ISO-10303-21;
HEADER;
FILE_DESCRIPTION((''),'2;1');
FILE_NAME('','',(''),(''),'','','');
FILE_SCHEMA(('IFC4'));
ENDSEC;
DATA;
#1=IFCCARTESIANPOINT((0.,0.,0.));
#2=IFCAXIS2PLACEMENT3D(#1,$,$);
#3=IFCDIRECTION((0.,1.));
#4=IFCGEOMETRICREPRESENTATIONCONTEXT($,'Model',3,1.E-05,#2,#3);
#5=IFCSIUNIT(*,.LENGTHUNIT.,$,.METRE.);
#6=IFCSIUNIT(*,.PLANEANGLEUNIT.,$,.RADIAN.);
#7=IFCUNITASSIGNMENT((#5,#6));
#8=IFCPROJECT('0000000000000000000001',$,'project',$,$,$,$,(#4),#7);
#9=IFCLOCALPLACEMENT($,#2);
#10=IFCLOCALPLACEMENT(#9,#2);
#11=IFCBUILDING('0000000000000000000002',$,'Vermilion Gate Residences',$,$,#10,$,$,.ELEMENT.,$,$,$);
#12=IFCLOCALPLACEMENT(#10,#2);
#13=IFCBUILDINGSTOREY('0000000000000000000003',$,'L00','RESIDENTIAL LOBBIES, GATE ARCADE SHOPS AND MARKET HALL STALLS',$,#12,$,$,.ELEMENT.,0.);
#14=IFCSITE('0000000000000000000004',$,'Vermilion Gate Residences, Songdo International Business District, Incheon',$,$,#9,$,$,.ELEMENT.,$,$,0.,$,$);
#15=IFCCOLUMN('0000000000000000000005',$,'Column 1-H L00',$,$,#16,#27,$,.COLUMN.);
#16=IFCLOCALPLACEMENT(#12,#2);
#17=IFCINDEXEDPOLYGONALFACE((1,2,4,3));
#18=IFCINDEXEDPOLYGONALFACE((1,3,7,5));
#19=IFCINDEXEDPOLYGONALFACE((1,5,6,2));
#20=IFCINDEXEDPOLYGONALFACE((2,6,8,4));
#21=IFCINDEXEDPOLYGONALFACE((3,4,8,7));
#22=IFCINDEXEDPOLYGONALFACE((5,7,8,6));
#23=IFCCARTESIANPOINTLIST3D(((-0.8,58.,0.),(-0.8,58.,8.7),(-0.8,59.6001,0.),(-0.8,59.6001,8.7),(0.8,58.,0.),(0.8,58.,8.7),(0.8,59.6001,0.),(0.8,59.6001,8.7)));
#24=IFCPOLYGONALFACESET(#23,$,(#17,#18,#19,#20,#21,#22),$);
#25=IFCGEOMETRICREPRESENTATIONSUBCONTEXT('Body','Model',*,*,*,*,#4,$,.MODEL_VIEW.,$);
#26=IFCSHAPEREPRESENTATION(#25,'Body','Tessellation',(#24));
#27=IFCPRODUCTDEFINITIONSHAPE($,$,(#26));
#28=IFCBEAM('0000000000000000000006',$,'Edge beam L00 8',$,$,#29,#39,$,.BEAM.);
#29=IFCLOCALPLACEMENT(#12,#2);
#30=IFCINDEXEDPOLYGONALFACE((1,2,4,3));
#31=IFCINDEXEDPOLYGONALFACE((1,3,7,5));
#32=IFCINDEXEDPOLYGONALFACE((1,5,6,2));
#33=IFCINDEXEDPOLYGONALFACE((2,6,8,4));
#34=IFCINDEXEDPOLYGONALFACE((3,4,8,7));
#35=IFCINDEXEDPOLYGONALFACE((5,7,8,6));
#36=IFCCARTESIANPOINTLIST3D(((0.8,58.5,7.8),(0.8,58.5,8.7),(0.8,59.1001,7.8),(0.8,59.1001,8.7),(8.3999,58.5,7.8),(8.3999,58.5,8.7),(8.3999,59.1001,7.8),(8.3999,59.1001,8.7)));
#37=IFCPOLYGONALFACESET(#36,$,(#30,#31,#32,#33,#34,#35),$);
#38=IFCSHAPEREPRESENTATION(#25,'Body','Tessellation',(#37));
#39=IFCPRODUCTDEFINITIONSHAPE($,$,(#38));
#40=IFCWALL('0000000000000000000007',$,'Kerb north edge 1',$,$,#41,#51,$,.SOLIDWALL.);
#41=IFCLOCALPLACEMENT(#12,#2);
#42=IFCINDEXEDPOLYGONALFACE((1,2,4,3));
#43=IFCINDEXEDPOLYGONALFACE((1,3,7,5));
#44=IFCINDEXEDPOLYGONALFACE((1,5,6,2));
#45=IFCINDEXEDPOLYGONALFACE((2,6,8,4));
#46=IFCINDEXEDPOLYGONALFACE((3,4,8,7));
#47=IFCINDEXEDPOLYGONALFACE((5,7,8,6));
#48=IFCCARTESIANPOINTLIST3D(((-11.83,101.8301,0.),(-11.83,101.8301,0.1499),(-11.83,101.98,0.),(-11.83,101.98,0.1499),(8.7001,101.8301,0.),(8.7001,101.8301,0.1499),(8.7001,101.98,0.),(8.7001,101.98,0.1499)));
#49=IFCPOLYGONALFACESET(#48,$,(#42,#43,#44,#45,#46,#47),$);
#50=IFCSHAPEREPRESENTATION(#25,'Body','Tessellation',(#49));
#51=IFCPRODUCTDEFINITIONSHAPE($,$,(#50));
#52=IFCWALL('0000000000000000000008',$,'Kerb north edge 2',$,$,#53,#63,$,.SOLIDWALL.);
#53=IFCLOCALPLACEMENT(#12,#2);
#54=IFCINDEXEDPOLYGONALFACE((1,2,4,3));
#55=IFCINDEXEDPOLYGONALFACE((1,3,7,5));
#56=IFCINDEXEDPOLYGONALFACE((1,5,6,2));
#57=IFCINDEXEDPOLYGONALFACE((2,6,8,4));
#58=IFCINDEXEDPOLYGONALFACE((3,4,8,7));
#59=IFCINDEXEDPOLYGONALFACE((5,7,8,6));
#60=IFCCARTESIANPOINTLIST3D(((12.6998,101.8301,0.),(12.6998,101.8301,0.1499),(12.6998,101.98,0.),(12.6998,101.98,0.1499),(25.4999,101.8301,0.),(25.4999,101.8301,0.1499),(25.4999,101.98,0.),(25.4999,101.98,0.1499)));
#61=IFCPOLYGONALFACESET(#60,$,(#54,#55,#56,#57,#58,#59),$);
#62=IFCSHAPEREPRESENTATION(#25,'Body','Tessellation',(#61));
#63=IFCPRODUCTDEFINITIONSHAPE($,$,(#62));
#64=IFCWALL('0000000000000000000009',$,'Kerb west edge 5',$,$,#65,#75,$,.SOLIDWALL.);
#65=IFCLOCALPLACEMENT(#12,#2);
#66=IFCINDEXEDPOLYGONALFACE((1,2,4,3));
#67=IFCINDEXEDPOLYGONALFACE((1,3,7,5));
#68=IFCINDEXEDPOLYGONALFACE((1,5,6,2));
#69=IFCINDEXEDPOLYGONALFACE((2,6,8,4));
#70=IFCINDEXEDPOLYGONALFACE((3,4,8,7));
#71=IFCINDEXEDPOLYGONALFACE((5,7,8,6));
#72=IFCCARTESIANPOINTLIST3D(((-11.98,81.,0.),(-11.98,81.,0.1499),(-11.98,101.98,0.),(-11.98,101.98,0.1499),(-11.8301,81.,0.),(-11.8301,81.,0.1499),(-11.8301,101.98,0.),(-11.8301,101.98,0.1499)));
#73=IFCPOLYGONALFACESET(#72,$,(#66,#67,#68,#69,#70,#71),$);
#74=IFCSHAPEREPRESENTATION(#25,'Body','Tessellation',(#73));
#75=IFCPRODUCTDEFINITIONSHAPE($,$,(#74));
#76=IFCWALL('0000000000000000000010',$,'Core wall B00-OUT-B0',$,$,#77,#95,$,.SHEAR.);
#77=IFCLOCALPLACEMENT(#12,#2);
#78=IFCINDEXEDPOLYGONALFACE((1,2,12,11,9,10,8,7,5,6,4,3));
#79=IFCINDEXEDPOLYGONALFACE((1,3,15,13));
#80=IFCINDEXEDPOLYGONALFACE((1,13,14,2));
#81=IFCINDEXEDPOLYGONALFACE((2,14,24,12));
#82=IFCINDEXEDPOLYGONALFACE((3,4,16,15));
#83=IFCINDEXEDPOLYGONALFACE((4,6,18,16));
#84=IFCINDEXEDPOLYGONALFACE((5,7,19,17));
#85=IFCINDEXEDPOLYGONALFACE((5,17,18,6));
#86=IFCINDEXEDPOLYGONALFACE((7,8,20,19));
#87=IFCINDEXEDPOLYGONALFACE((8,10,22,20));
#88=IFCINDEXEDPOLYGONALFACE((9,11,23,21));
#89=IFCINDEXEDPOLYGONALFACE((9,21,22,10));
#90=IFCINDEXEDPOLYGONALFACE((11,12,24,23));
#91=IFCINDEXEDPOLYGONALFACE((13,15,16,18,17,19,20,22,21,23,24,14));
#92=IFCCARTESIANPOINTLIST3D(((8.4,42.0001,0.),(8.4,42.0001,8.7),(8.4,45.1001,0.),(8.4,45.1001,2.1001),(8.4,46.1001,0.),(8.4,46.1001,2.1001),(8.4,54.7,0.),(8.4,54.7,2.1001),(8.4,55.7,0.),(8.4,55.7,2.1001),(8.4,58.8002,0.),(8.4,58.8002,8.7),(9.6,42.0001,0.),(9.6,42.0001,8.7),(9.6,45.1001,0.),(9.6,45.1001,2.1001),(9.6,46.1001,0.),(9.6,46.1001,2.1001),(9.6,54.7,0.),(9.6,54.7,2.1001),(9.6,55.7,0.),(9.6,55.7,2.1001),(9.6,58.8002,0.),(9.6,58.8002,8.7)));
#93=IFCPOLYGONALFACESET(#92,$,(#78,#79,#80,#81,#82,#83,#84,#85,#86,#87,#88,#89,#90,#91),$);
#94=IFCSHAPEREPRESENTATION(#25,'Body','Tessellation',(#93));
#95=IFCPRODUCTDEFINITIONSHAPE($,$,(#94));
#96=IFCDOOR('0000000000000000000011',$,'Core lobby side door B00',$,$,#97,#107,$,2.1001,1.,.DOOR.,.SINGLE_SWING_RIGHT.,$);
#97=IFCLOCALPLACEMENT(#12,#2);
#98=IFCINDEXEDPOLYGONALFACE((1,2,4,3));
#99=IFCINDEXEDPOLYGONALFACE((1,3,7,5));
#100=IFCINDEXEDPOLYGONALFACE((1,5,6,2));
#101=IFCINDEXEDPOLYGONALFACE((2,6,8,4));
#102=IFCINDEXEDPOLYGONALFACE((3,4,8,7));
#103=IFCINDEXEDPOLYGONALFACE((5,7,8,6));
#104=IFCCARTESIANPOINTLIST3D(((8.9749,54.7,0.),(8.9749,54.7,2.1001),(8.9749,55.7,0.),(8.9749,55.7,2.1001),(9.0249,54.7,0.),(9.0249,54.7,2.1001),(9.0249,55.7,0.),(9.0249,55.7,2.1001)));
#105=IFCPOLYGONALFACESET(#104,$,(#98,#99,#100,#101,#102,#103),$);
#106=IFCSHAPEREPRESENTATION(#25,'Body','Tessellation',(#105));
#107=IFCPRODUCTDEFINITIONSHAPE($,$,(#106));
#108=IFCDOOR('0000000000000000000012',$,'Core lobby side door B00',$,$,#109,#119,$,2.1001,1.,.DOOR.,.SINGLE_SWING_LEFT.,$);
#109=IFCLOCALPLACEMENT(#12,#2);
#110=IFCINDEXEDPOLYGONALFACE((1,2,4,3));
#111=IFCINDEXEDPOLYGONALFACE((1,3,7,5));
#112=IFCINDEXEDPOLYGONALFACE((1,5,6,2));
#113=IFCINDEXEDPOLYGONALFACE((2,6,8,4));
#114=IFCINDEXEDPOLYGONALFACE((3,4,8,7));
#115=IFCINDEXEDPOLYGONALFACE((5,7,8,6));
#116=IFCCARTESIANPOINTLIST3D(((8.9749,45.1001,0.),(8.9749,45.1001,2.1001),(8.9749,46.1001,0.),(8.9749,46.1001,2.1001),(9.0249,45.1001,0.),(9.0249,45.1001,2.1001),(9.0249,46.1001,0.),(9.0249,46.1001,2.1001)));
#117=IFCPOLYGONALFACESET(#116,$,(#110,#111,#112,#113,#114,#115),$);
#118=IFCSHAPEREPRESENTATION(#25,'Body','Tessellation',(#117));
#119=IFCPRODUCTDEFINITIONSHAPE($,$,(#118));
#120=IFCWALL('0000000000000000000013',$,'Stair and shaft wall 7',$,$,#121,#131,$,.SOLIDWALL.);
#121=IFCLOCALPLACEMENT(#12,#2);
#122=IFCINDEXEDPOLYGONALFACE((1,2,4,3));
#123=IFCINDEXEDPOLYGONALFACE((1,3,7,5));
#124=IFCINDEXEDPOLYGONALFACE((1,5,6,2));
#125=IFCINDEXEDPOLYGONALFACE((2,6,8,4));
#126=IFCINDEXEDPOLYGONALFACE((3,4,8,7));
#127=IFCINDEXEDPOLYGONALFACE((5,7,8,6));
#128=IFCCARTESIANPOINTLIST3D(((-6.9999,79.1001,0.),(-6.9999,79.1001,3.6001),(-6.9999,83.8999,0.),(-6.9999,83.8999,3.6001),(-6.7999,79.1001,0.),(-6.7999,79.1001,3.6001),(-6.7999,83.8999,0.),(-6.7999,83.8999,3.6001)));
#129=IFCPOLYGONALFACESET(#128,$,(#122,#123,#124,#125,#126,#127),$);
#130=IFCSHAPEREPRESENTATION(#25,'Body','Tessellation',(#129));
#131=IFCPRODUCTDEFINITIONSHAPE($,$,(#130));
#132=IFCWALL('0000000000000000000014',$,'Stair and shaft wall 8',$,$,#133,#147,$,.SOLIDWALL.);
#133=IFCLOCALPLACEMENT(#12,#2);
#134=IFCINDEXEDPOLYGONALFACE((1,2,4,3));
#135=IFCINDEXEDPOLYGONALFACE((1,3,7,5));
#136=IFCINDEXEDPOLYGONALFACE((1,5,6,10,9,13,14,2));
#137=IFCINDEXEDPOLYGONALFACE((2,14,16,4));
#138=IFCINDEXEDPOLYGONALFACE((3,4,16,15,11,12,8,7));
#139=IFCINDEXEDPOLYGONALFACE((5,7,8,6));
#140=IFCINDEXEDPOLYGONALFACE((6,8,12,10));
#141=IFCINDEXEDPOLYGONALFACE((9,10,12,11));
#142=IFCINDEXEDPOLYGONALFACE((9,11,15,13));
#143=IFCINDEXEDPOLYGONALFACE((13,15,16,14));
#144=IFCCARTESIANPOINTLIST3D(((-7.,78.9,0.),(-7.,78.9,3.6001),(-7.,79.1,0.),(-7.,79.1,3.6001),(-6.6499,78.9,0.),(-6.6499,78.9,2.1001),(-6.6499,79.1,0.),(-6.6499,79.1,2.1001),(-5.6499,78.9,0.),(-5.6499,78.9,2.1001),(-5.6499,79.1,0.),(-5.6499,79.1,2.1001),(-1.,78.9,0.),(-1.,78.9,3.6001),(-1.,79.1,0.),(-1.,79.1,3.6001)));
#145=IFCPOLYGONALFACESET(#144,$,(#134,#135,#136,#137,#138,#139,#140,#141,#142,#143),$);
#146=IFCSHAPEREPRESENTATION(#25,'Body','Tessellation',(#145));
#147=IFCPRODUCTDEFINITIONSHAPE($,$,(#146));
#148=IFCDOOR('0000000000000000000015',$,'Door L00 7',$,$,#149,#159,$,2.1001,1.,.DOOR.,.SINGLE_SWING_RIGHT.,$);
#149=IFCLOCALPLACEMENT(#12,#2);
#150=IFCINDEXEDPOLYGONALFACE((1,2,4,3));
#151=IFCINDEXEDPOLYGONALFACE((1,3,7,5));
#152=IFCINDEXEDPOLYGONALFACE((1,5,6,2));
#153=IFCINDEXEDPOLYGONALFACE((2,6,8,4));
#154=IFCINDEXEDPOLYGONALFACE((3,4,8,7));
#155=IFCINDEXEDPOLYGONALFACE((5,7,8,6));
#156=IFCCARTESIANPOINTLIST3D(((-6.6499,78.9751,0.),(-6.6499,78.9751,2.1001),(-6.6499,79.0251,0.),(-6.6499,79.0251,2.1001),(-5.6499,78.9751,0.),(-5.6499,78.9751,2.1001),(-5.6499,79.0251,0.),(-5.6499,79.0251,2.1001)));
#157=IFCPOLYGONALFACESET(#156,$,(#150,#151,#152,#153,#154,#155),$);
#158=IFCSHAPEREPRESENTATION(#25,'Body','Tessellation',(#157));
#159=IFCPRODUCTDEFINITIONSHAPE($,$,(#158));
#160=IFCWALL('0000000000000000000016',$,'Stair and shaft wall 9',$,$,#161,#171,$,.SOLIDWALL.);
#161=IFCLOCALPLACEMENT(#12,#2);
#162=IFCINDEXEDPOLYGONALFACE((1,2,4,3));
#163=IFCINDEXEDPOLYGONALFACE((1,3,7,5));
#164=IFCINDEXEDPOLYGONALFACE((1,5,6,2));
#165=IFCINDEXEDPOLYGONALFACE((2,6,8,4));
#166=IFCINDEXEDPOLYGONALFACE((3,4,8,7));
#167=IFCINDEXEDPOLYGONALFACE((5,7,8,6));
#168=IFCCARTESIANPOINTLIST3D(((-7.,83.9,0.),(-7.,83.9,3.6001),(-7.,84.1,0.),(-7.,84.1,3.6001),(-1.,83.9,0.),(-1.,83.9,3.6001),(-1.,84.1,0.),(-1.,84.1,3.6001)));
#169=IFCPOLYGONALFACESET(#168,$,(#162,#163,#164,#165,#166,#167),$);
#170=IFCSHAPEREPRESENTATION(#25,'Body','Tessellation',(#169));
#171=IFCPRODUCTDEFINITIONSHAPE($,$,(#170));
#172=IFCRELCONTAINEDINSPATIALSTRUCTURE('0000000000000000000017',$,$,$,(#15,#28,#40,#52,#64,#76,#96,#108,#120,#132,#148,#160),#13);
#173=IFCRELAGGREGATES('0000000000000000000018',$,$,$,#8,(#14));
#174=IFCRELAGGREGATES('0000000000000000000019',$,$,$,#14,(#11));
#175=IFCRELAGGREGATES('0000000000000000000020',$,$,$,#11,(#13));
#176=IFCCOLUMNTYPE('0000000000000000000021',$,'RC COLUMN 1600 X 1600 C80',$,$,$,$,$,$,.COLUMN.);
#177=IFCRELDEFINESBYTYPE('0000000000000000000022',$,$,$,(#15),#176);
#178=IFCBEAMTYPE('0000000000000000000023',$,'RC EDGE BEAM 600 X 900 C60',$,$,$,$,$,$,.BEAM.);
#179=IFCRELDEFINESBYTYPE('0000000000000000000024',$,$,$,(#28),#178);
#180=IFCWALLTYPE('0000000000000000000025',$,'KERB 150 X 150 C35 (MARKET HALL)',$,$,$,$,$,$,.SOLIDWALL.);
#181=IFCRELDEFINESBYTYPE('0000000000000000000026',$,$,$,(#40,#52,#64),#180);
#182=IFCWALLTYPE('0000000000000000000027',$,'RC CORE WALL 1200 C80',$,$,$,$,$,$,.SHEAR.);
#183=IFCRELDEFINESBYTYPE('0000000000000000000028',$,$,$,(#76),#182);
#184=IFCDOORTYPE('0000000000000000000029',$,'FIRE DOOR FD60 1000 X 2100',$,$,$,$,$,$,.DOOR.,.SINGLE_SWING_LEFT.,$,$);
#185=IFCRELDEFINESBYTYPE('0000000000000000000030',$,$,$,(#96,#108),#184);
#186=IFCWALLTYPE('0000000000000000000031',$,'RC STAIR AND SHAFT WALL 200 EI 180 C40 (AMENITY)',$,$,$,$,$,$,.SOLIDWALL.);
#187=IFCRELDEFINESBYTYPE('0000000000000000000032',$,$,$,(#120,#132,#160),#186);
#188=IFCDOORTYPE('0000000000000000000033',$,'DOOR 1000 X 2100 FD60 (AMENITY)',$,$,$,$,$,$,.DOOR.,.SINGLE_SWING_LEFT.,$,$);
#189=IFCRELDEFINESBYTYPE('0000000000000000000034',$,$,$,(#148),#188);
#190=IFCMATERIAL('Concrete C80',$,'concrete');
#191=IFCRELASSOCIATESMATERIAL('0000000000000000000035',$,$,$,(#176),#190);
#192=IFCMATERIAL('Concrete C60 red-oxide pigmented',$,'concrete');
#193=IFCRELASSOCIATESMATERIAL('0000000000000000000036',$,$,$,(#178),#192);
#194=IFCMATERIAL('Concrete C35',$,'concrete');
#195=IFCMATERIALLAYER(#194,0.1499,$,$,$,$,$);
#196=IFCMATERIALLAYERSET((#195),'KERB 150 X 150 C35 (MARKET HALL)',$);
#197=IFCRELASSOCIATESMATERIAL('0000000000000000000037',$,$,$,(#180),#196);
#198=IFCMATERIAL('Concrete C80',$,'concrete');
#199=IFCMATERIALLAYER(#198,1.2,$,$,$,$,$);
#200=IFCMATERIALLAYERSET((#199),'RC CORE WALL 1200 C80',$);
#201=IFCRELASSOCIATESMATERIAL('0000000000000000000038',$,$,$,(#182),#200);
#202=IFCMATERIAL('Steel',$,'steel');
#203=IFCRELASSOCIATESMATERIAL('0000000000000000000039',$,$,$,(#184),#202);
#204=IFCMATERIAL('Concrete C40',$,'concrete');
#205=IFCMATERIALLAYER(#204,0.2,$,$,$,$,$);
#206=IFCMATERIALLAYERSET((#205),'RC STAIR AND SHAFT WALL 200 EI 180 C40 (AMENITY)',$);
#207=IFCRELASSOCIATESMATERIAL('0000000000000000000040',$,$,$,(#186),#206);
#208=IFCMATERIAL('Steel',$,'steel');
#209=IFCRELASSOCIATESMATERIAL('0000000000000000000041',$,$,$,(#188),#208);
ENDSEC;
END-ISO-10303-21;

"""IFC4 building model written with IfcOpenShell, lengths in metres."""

from ifc_helpers import new_model, si_unit, direction, frame, frame_2d, origin, origin_2d, place, context, subcontext, project, spatial, rectangle, extrude, material, layer, layer_set, material_profile, profile_set, type_object, element, fill, save


model = new_model("IFC4")

# Units and contexts
model_context = context("Model", 3, precision=1e-05, world=origin(), true_north=direction((0.0, 1.0)))
body_context = subcontext(model_context, "Body", "Model", "MODEL_VIEW")
ifc_project = project(units=[si_unit("LENGTHUNIT", "METRE"), si_unit("PLANEANGLEUNIT", "RADIAN")], contexts=[model_context])

# Site, building, storey
site_placement = place(None, origin())
site = spatial("IfcSite", under=ifc_project, at=site_placement, Name="Vermilion Gate Residences, Songdo International Business District, Incheon", CompositionType="ELEMENT", RefElevation=0.0)
building_placement = place(site_placement, origin())
building = spatial("IfcBuilding", under=site, at=building_placement, Name="Vermilion Gate Residences", CompositionType="ELEMENT")
storey_placement = place(building_placement, origin())
storey = spatial("IfcBuildingStorey", under=building, at=storey_placement, Name="L00", Description="RESIDENTIAL LOBBIES, GATE ARCADE SHOPS AND MARKET HALL STALLS", CompositionType="ELEMENT", Elevation=0.0)

# Column
ifc_material_1 = material(Name="Concrete C80", Category="concrete")
ifc_material_profile_1 = material_profile(ifc_material_1, rectangle(XDim=1.6001, YDim=1.6001, at=origin_2d()), Name="RC-1600x1600")
ifc_profile_set_1 = profile_set([ifc_material_profile_1], Name="Concrete C80")
column_type = type_object("IfcColumnType", Name="RC COLUMN 1600 X 1600 C80", PredefinedType="COLUMN", material=ifc_profile_set_1)
column_placement = place(storey_placement, frame((0.0, 58.8, 0.0), z_axis=(0.0, 0.0, 1.0), x_axis=(1.0, 0.0, 0.0)))
element("IfcColumn", 1, at=column_placement, inside=storey, type_object=column_type, Name="Column 1-H L00", PredefinedType="COLUMN", context=body_context, shape_type="SweptSolid", body=[
    extrude(rectangle(XDim=1.6001, YDim=1.6001, at=origin_2d()), origin(), (0.0, 0.0, 1.0), 8.7),
])

# Beam
ifc_material_2 = material(Name="Concrete C60 red-oxide pigmented", Category="concrete")
ifc_material_profile_2 = material_profile(ifc_material_2, rectangle(XDim=0.6001, YDim=0.8999, at=origin_2d()), Name="RC-600x900")
ifc_profile_set_2 = profile_set([ifc_material_profile_2], Name="Concrete C60 red-oxide pigmented")
beam_type = type_object("IfcBeamType", Name="RC EDGE BEAM 600 X 900 C60", PredefinedType="BEAM", material=ifc_profile_set_2)
beam_placement = place(storey_placement, frame((0.8, 58.8, 8.25), z_axis=(1.0, 0.0, 0.0), x_axis=(0.0, 1.0, 0.0)))
element("IfcBeam", 2, at=beam_placement, inside=storey, type_object=beam_type, Name="Edge beam L00 8", PredefinedType="BEAM", context=body_context, shape_type="SweptSolid", body=[
    extrude(rectangle(XDim=0.6001, YDim=0.8999, at=origin_2d()), origin(), (0.0, 0.0, 1.0), 7.5999),
])

# Walls
ifc_material_3 = material(Name="Concrete C35", Category="concrete")
ifc_layer_1 = layer(ifc_material_3, 0.1499)
ifc_layer_set_1 = layer_set([ifc_layer_1], Name="KERB 150 X 150 C35 (MARKET HALL)")
wall_type_1 = type_object("IfcWallType", Name="KERB 150 X 150 C35 (MARKET HALL)", PredefinedType="SOLIDWALL", material=ifc_layer_set_1)
wall_1_placement = place(storey_placement, frame((-11.8301, 101.905, 0.0), z_axis=(0.0, 0.0, 1.0), x_axis=(1.0, 0.0, 0.0)))
element("IfcWall", 3, at=wall_1_placement, inside=storey, type_object=wall_type_1, Name="Kerb north edge 1", PredefinedType="SOLIDWALL", context=body_context, shape_type="SweptSolid", body=[
    extrude(rectangle(XDim=20.53, YDim=0.1499, at=frame_2d((10.2651, 0.0))), origin(), (0.0, 0.0, 1.0), 0.1499),
])
wall_2_placement = place(storey_placement, frame((12.7, 101.905, 0.0), z_axis=(0.0, 0.0, 1.0), x_axis=(1.0, 0.0, 0.0)))
element("IfcWall", 4, at=wall_2_placement, inside=storey, type_object=wall_type_1, Name="Kerb north edge 2", PredefinedType="SOLIDWALL", context=body_context, shape_type="SweptSolid", body=[
    extrude(rectangle(XDim=12.8, YDim=0.1499, at=frame_2d((6.3999, 0.0))), origin(), (0.0, 0.0, 1.0), 0.1499),
])
wall_3_placement = place(storey_placement, frame((-11.905, 81.0, 0.0), z_axis=(0.0, 0.0, 1.0), x_axis=(0.0, 1.0, 0.0)))
element("IfcWall", 5, at=wall_3_placement, inside=storey, type_object=wall_type_1, Name="Kerb west edge 5", PredefinedType="SOLIDWALL", context=body_context, shape_type="SweptSolid", body=[
    extrude(rectangle(XDim=20.98, YDim=0.1499, at=frame_2d((10.49, 0.0))), origin(), (0.0, 0.0, 1.0), 0.1499),
])

# Wall, openings, doors
ifc_material_4 = material(Name="Concrete C80", Category="concrete")
ifc_layer_2 = layer(ifc_material_4, 1.2)
ifc_layer_set_2 = layer_set([ifc_layer_2], Name="RC CORE WALL 1200 C80")
wall_type_2 = type_object("IfcWallType", Name="RC CORE WALL 1200 C80", PredefinedType="SHEAR", material=ifc_layer_set_2)
wall_4_placement = place(storey_placement, frame((9.0, 58.8, 0.0), z_axis=(0.0, 0.0, 1.0), x_axis=(0.0, -1.0, 0.0)))
wall_4 = element("IfcWall", 6, at=wall_4_placement, inside=storey, type_object=wall_type_2, Name="Core wall B00-OUT-B0", PredefinedType="SHEAR", context=body_context, shape_type="SweptSolid", body=[
    extrude(rectangle(XDim=16.8, YDim=1.2, at=frame_2d((8.3999, 0.0))), origin(), (0.0, 0.0, 1.0), 8.7),
])
opening_1_placement = place(wall_4_placement, frame((3.1001, 0.0, 0.0)))
opening_1 = element("IfcOpeningElement", 7, at=opening_1_placement, cuts=wall_4, PredefinedType="OPENING", context=body_context, shape_type="SweptSolid", body=[
    extrude(rectangle(XDim=1.0, YDim=2.1001, at=frame_2d((0.5, 1.05))), frame((0.0, 0.6099, 0.0), z_axis=(0.0, -1.0, 0.0), x_axis=(1.0, 0.0, 0.0)), (0.0, 0.0, 1.0), 1.22),
])
opening_2_placement = place(wall_4_placement, frame((12.7, 0.0, 0.0)))
opening_2 = element("IfcOpeningElement", 8, at=opening_2_placement, cuts=wall_4, PredefinedType="OPENING", context=body_context, shape_type="SweptSolid", body=[
    extrude(rectangle(XDim=1.0, YDim=2.1001, at=frame_2d((0.5, 1.05))), frame((0.0, 0.6099, 0.0), z_axis=(0.0, -1.0, 0.0), x_axis=(1.0, 0.0, 0.0)), (0.0, 0.0, 1.0), 1.22),
])
ifc_material_5 = material(Name="Steel", Category="steel")
door_type_1 = type_object("IfcDoorType", Name="FIRE DOOR FD60 1000 X 2100", OperationType="SINGLE_SWING_LEFT", PredefinedType="DOOR", material=ifc_material_5)
door_1_placement = place(opening_1_placement, origin())
door_1 = element("IfcDoor", 9, at=door_1_placement, inside=storey, type_object=door_type_1, Name="Core lobby side door B00", OperationType="SINGLE_SWING_RIGHT", OverallHeight=2.1001, OverallWidth=1.0, PredefinedType="DOOR", context=body_context, shape_type="SweptSolid", body=[
    extrude(rectangle(XDim=1.0, YDim=2.1001, at=frame_2d((0.5, 1.05))), frame((0.0, 0.0249, 0.0), z_axis=(0.0, -1.0, 0.0), x_axis=(1.0, 0.0, 0.0)), (0.0, 0.0, 1.0), 0.05),
])
fill(opening_1, door_1)
door_2_placement = place(opening_2_placement, origin())
door_2 = element("IfcDoor", 10, at=door_2_placement, inside=storey, type_object=door_type_1, Name="Core lobby side door B00", OperationType="SINGLE_SWING_LEFT", OverallHeight=2.1001, OverallWidth=1.0, PredefinedType="DOOR", context=body_context, shape_type="SweptSolid", body=[
    extrude(rectangle(XDim=1.0, YDim=2.1001, at=frame_2d((0.5, 1.05))), frame((0.0, 0.0249, 0.0), z_axis=(0.0, -1.0, 0.0), x_axis=(1.0, 0.0, 0.0)), (0.0, 0.0, 1.0), 0.05),
])
fill(opening_2, door_2)

# Wall
ifc_material_6 = material(Name="Concrete C40", Category="concrete")
ifc_layer_3 = layer(ifc_material_6, 0.2)
ifc_layer_set_3 = layer_set([ifc_layer_3], Name="RC STAIR AND SHAFT WALL 200 EI 180 C40 (AMENITY)")
wall_type_3 = type_object("IfcWallType", Name="RC STAIR AND SHAFT WALL 200 EI 180 C40 (AMENITY)", PredefinedType="SOLIDWALL", material=ifc_layer_set_3)
wall_5_placement = place(storey_placement, frame((-6.8999, 79.1001, 0.0), z_axis=(0.0, 0.0, 1.0), x_axis=(0.0, 1.0, 0.0)))
element("IfcWall", 11, at=wall_5_placement, inside=storey, type_object=wall_type_3, Name="Stair and shaft wall 7", PredefinedType="SOLIDWALL", context=body_context, shape_type="SweptSolid", body=[
    extrude(rectangle(XDim=4.7998, YDim=0.2, at=frame_2d((2.3999, 0.0))), origin(), (0.0, 0.0, 1.0), 3.6001),
])

# Wall, opening, door
wall_6_placement = place(storey_placement, frame((-7.0, 79.0, 0.0), z_axis=(0.0, 0.0, 1.0), x_axis=(1.0, 0.0, 0.0)))
wall_6 = element("IfcWall", 12, at=wall_6_placement, inside=storey, type_object=wall_type_3, Name="Stair and shaft wall 8", PredefinedType="SOLIDWALL", context=body_context, shape_type="SweptSolid", body=[
    extrude(rectangle(XDim=6.0, YDim=0.2, at=frame_2d((3.0, 0.0))), origin(), (0.0, 0.0, 1.0), 3.6001),
])
opening_3_placement = place(wall_6_placement, frame((0.3501, 0.0, 0.0)))
opening_3 = element("IfcOpeningElement", 13, at=opening_3_placement, cuts=wall_6, PredefinedType="OPENING", context=body_context, shape_type="SweptSolid", body=[
    extrude(rectangle(XDim=1.0, YDim=2.1001, at=frame_2d((0.5, 1.05))), frame((0.0, 0.1099, 0.0), z_axis=(0.0, -1.0, 0.0), x_axis=(1.0, 0.0, 0.0)), (0.0, 0.0, 1.0), 0.22),
])
ifc_material_7 = material(Name="Steel", Category="steel")
door_type_2 = type_object("IfcDoorType", Name="DOOR 1000 X 2100 FD60 (AMENITY)", OperationType="SINGLE_SWING_LEFT", PredefinedType="DOOR", material=ifc_material_7)
door_3_placement = place(opening_3_placement, frame((1.0, 0.0, 0.0), z_axis=(0.0, 0.0, 1.0), x_axis=(-1.0, 0.0, 0.0)))
door_3 = element("IfcDoor", 14, at=door_3_placement, inside=storey, type_object=door_type_2, Name="Door L00 7", OperationType="SINGLE_SWING_RIGHT", OverallHeight=2.1001, OverallWidth=1.0, PredefinedType="DOOR", context=body_context, shape_type="SweptSolid", body=[
    extrude(rectangle(XDim=1.0, YDim=2.1001, at=frame_2d((0.5, 1.05))), frame((0.0, 0.0249, 0.0), z_axis=(0.0, -1.0, 0.0), x_axis=(1.0, 0.0, 0.0)), (0.0, 0.0, 1.0), 0.05),
])
fill(opening_3, door_3)

# Wall
wall_7_placement = place(storey_placement, frame((-7.0, 84.0, 0.0), z_axis=(0.0, 0.0, 1.0), x_axis=(1.0, 0.0, 0.0)))
element("IfcWall", 15, at=wall_7_placement, inside=storey, type_object=wall_type_3, Name="Stair and shaft wall 9", PredefinedType="SOLIDWALL", context=body_context, shape_type="SweptSolid", body=[
    extrude(rectangle(XDim=6.0, YDim=0.2, at=frame_2d((3.0, 0.0))), origin(), (0.0, 0.0, 1.0), 3.6001),
])

save(model, "model.ifc")
